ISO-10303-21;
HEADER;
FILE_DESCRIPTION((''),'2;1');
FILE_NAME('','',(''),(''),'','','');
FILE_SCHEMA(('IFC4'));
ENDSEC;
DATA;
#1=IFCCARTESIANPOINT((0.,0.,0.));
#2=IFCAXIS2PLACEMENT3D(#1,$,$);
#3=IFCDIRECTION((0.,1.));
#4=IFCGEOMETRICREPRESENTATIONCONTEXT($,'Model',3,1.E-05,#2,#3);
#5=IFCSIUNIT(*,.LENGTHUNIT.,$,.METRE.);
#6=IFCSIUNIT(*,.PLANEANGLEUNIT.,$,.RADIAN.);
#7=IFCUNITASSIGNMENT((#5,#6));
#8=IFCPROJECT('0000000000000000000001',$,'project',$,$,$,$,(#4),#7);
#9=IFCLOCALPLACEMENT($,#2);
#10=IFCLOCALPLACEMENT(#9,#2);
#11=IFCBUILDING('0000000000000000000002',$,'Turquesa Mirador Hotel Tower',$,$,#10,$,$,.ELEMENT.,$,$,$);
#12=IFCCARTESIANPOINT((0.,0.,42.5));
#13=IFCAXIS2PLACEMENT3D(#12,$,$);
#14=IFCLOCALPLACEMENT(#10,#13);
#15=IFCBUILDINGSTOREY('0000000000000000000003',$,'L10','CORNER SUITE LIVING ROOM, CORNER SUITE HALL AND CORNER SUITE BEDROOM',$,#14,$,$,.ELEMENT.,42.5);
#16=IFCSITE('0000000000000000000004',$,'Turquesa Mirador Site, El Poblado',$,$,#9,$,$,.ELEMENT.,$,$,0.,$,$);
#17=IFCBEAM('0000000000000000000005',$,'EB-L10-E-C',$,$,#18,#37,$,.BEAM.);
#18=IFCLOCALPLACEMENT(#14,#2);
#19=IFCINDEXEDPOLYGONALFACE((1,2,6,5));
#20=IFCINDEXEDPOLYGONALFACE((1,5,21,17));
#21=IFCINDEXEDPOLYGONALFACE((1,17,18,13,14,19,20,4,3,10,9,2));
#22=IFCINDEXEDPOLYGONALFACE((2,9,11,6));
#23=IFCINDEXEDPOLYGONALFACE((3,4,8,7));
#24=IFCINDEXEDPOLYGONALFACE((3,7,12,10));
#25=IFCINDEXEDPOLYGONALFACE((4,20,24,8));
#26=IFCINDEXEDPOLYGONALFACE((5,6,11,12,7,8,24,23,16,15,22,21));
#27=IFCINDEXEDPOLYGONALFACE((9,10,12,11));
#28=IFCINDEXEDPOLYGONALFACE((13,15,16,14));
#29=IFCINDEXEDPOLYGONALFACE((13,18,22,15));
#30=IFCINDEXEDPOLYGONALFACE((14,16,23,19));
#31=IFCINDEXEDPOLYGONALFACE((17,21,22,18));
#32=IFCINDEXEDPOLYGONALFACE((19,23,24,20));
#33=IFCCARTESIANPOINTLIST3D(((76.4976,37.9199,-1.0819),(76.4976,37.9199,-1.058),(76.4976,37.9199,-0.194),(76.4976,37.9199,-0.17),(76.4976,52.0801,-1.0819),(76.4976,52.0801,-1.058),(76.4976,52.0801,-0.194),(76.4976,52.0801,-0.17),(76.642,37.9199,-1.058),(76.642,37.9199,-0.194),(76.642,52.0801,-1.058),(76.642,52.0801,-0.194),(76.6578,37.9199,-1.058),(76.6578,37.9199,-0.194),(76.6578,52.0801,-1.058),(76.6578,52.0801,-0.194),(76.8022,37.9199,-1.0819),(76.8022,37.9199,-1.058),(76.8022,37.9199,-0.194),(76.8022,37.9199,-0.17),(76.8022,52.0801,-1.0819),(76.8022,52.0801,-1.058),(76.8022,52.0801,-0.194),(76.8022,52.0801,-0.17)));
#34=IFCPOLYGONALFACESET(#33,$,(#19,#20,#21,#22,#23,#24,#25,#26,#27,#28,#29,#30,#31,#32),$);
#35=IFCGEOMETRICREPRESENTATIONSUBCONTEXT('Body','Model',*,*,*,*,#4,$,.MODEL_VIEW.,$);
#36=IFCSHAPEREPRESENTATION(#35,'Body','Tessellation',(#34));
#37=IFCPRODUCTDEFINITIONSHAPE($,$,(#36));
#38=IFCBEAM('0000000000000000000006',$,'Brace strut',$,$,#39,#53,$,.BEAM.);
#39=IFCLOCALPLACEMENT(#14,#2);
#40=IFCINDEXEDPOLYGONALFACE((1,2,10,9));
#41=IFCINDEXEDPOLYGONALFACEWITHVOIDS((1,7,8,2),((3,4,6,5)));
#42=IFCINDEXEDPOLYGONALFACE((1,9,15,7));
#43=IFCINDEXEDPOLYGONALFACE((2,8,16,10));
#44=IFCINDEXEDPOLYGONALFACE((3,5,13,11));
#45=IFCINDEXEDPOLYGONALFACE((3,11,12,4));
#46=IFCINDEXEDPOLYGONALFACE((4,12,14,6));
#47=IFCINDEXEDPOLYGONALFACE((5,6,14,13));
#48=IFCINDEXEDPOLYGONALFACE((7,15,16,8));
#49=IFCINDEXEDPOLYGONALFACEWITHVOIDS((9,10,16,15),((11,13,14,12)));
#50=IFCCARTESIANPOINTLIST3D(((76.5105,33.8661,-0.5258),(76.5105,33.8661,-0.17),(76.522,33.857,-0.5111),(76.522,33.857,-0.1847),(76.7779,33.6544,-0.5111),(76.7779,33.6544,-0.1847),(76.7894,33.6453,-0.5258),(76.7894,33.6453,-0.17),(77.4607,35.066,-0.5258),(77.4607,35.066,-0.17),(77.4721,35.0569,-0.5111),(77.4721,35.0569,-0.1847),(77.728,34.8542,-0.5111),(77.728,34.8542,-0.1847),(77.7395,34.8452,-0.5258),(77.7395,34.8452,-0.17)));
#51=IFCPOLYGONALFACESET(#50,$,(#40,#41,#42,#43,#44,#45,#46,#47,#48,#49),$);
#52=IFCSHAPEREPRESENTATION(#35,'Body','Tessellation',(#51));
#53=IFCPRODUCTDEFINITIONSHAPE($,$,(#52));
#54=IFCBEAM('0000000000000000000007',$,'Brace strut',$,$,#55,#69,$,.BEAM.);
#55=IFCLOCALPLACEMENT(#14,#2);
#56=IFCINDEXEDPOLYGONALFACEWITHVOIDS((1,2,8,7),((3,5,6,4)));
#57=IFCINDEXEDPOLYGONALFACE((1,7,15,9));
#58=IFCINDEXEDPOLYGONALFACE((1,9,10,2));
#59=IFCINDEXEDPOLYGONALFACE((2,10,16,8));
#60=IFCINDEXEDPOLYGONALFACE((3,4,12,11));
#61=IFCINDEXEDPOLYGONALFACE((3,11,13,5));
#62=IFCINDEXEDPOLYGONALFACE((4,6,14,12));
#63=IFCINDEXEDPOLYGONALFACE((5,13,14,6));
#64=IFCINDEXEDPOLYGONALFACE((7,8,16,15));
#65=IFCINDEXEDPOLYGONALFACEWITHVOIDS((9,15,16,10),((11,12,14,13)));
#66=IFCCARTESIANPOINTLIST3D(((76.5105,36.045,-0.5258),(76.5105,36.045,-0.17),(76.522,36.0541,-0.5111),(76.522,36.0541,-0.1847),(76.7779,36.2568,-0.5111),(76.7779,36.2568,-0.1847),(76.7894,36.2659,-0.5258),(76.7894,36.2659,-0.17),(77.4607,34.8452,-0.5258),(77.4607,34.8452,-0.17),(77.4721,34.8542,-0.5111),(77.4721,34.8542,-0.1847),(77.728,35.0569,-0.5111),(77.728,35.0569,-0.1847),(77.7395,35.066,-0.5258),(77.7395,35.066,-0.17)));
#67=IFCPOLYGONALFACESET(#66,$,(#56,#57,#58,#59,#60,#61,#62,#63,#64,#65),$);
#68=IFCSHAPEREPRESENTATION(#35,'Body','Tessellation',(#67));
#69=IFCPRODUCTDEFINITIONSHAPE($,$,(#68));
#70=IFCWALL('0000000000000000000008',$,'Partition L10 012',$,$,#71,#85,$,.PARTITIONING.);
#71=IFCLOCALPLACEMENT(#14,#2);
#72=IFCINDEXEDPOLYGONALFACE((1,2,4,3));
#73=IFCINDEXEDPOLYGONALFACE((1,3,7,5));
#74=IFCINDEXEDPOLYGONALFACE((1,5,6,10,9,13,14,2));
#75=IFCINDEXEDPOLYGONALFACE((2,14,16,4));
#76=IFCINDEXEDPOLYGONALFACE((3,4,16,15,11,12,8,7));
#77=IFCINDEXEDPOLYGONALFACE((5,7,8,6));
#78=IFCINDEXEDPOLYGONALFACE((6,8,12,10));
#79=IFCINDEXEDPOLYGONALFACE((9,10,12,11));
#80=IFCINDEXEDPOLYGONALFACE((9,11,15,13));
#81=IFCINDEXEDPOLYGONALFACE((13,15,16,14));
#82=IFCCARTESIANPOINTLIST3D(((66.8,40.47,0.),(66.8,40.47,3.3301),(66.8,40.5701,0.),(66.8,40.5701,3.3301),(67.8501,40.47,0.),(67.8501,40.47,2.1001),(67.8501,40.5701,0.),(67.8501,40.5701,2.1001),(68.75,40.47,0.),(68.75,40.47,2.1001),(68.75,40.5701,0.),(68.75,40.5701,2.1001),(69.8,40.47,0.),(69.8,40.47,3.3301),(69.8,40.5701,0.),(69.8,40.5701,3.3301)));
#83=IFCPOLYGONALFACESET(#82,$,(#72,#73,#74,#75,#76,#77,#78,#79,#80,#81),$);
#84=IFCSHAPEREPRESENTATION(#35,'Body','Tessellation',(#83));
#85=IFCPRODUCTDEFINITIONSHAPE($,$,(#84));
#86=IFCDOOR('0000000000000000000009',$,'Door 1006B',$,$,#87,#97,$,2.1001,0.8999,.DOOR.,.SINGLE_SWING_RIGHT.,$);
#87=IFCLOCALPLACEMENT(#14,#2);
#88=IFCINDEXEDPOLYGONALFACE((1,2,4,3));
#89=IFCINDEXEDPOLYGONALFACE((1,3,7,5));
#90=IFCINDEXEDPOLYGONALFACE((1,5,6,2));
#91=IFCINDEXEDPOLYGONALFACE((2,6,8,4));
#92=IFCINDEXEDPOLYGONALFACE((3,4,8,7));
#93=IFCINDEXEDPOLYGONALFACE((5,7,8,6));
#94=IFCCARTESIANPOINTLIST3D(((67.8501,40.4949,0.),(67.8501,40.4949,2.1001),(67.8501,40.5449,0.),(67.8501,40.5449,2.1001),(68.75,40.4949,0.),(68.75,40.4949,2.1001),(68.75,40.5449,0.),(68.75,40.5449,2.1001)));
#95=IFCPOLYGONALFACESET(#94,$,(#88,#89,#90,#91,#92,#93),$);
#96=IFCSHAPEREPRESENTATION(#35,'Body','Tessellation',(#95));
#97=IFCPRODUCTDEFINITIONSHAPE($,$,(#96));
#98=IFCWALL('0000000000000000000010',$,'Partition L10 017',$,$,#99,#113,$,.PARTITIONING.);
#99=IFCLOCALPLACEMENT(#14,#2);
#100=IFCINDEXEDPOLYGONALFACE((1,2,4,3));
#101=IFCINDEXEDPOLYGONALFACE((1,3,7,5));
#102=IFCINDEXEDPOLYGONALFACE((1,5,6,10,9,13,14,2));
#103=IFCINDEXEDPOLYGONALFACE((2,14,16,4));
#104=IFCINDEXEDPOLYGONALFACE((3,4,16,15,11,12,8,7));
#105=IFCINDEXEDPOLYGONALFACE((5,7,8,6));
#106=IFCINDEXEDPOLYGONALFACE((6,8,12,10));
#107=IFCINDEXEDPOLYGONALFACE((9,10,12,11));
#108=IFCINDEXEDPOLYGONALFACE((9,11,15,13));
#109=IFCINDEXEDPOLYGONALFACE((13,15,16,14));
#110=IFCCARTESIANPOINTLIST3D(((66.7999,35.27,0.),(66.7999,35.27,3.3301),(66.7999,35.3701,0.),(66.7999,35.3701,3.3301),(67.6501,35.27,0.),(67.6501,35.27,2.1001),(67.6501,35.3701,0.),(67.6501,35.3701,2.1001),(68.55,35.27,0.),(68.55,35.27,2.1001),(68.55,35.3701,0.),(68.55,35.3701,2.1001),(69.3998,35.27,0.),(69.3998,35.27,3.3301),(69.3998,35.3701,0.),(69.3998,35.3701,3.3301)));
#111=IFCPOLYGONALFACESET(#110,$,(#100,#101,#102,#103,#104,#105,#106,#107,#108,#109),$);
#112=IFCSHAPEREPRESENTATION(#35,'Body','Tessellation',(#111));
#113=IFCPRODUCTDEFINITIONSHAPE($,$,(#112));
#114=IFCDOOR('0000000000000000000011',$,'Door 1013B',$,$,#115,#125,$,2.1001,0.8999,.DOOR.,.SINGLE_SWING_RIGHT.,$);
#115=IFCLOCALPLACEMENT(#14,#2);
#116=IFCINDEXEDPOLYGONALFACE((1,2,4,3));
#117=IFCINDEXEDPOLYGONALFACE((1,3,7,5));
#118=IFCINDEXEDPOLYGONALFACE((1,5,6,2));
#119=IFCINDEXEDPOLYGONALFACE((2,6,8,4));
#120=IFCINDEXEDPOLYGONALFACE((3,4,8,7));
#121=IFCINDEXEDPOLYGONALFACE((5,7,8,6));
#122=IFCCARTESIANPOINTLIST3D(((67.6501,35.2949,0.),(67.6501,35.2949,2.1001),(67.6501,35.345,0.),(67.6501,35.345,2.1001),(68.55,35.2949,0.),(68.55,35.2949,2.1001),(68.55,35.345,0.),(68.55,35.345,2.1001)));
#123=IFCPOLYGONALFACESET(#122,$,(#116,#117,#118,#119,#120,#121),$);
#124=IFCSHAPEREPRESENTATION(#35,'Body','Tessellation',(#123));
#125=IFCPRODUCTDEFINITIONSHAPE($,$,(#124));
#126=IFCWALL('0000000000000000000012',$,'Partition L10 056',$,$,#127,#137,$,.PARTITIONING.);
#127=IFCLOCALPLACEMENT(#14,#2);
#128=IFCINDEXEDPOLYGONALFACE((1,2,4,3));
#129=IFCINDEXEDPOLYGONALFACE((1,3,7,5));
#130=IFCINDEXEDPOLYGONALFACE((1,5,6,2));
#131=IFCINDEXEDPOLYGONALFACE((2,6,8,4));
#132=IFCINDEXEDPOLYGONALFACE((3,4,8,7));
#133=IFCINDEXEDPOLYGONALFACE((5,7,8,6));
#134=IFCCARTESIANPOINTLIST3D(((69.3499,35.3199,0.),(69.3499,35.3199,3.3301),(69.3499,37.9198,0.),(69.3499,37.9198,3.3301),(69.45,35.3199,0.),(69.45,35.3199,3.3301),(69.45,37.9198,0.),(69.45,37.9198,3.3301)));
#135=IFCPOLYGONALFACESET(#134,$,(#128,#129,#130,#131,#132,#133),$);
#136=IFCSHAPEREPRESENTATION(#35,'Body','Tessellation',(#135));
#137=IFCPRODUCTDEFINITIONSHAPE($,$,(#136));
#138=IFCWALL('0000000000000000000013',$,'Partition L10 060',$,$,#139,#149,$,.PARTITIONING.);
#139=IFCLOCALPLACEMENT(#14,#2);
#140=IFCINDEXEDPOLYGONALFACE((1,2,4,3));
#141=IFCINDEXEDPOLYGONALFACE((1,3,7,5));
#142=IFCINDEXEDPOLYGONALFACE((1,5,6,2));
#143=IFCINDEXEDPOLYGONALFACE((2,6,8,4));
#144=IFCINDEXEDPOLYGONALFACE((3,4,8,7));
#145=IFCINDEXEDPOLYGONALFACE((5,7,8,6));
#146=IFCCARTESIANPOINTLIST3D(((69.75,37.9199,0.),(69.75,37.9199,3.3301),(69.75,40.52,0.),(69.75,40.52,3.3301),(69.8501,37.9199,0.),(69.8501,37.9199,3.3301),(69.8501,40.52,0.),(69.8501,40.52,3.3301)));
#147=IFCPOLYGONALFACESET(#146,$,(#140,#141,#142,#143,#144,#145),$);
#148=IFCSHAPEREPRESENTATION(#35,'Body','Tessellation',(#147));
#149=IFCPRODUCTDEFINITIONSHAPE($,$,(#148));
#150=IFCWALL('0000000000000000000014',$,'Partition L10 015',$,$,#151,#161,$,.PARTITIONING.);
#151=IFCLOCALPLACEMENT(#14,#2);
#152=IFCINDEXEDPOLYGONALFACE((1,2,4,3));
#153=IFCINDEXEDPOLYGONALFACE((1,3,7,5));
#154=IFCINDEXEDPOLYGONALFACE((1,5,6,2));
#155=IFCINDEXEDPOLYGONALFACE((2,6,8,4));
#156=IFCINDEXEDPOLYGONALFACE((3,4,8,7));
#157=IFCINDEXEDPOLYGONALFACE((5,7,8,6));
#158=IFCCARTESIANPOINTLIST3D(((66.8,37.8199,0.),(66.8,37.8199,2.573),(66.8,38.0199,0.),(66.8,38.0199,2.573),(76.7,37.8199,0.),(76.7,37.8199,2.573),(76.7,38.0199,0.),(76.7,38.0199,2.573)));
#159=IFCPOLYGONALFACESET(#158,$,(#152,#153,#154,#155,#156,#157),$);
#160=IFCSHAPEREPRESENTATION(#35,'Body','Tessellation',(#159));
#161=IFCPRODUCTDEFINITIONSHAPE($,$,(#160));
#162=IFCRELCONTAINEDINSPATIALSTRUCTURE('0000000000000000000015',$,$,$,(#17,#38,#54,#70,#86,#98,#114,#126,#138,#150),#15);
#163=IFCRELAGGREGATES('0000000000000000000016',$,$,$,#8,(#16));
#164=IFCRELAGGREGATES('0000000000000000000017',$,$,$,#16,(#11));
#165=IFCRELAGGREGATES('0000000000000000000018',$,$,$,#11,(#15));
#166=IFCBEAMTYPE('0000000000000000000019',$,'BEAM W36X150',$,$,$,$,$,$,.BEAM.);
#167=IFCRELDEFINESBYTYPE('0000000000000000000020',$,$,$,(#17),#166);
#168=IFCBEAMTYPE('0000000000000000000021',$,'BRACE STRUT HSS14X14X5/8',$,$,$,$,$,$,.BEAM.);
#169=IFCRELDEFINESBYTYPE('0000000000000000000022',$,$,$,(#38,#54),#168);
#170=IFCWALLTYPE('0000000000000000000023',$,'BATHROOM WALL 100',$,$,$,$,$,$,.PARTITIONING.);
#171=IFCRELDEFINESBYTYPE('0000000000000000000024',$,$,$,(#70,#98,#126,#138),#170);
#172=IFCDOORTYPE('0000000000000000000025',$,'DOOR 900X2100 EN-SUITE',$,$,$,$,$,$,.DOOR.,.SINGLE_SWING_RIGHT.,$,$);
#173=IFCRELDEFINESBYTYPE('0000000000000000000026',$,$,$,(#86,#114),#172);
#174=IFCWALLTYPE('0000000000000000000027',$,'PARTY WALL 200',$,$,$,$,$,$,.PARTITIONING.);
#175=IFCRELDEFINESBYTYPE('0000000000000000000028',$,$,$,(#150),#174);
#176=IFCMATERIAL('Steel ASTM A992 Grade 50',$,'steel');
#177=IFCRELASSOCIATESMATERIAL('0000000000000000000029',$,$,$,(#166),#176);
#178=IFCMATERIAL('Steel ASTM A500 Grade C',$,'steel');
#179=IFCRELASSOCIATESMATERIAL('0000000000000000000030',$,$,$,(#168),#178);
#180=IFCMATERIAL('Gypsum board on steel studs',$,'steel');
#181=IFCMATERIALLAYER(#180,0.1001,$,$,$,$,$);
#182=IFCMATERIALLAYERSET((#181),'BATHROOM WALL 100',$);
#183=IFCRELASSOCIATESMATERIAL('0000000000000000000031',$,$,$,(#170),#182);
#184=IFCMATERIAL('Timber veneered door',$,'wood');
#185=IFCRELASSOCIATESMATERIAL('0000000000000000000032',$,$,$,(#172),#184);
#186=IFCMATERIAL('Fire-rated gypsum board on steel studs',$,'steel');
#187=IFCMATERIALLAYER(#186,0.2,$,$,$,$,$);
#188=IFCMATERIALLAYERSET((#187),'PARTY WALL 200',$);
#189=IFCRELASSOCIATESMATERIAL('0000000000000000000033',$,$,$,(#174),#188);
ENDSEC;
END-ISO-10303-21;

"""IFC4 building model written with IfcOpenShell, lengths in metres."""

from ifc_helpers import new_model, si_unit, direction, frame, frame_2d, origin, origin_2d, place, context, subcontext, project, spatial, rectangle, hollow_rectangle, i_section, extrude, material, layer, layer_set, material_profile, profile_set, type_object, element, fill, save


model = new_model("IFC4")

# Units and contexts
model_context = context("Model", 3, precision=1e-05, world=origin(), true_north=direction((0.0, 1.0)))
body_context = subcontext(model_context, "Body", "Model", "MODEL_VIEW")
ifc_project = project(units=[si_unit("LENGTHUNIT", "METRE"), si_unit("PLANEANGLEUNIT", "RADIAN")], contexts=[model_context])

# Site, building, storey
site_placement = place(None, origin())
site = spatial("IfcSite", under=ifc_project, at=site_placement, Name="Turquesa Mirador Site, El Poblado", CompositionType="ELEMENT", RefElevation=0.0)
building_placement = place(site_placement, origin())
building = spatial("IfcBuilding", under=site, at=building_placement, Name="Turquesa Mirador Hotel Tower", CompositionType="ELEMENT")
storey_placement = place(building_placement, frame((0.0, 0.0, 42.5)))
storey = spatial("IfcBuildingStorey", under=building, at=storey_placement, Name="L10", Description="CORNER SUITE LIVING ROOM, CORNER SUITE HALL AND CORNER SUITE BEDROOM", CompositionType="ELEMENT", Elevation=42.5)

# Beams
ifc_material_1 = material(Name="Steel ASTM A992 Grade 50", Category="steel")
ifc_material_profile_1 = material_profile(ifc_material_1, i_section(OverallWidth=0.3047, OverallDepth=0.9119, WebThickness=0.0159, FlangeThickness=0.0239, at=origin_2d()), Name="W36X150")
ifc_profile_set_1 = profile_set([ifc_material_profile_1], Name="Steel ASTM A992 Grade 50")
beam_type_1 = type_object("IfcBeamType", Name="BEAM W36X150", PredefinedType="BEAM", material=ifc_profile_set_1)
beam_1_placement = place(storey_placement, frame((76.6499, 37.9199, -0.626), z_axis=(0.0, 1.0, 0.0), x_axis=(-1.0, 0.0, 0.0)))
element("IfcBeam", 1, at=beam_1_placement, inside=storey, type_object=beam_type_1, Name="EB-L10-E-C", PredefinedType="BEAM", context=body_context, shape_type="SweptSolid", body=[
    extrude(i_section(OverallWidth=0.3047, OverallDepth=0.9119, WebThickness=0.0159, FlangeThickness=0.0239, at=origin_2d()), origin(), (0.0, 0.0, 1.0), 14.1602),
])
ifc_material_2 = material(Name="Steel ASTM A500 Grade C", Category="steel")
ifc_material_profile_2 = material_profile(ifc_material_2, hollow_rectangle(XDim=0.3557, YDim=0.3557, WallThickness=0.0146, at=origin_2d()), Name="HSS14X14X5/8")
ifc_profile_set_2 = profile_set([ifc_material_profile_2], Name="Steel ASTM A500 Grade C")
beam_type_2 = type_object("IfcBeamType", Name="BRACE STRUT HSS14X14X5/8", PredefinedType="BEAM", material=ifc_profile_set_2)
for number, where, z_axis, x_axis, name in (
    (2, (77.6001, 34.9556, -0.3479), (-0.620797, -0.783971, 0.0), (0.783971, -0.620797, 0.0), "Brace strut"),
    (3, (77.6001, 34.9556, -0.3479), (-0.620797, 0.783971, 0.0), (-0.783971, -0.620797, 0.0), "Brace strut"),
):
    element("IfcBeam", number, at=place(storey_placement, frame(where, z_axis=z_axis, x_axis=x_axis)), inside=storey, type_object=beam_type_2, Name=name, PredefinedType="BEAM", context=body_context, shape_type="SweptSolid", body=[
        extrude(hollow_rectangle(XDim=0.3557, YDim=0.3557, WallThickness=0.0146, at=origin_2d()), origin(), (0.0, 0.0, 1.0), 1.5305),
    ])

# Walls, openings, doors
ifc_material_3 = material(Name="Gypsum board on steel studs", Category="steel")
ifc_layer_1 = layer(ifc_material_3, 0.1001)
ifc_layer_set_1 = layer_set([ifc_layer_1], Name="BATHROOM WALL 100")
wall_type_1 = type_object("IfcWallType", Name="BATHROOM WALL 100", PredefinedType="PARTITIONING", material=ifc_layer_set_1)
wall_1_placement = place(storey_placement, frame((66.8, 40.52, 0.0), z_axis=(0.0, 0.0, 1.0), x_axis=(1.0, 0.0, 0.0)))
wall_1 = element("IfcWall", 4, at=wall_1_placement, inside=storey, type_object=wall_type_1, Name="Partition L10 012", PredefinedType="PARTITIONING", context=body_context, shape_type="SweptSolid", body=[
    extrude(rectangle(XDim=3.0, YDim=0.1001, at=frame_2d((1.5, 0.0))), origin(), (0.0, 0.0, 1.0), 3.3301),
])
opening_1_placement = place(wall_1_placement, frame((1.05, 0.0, 0.0)))
opening_1 = element("IfcOpeningElement", 5, at=opening_1_placement, cuts=wall_1, PredefinedType="OPENING", context=body_context, shape_type="SweptSolid", body=[
    extrude(rectangle(XDim=0.8999, YDim=2.1001, at=frame_2d((0.45, 1.05))), frame((0.0, 0.0601, 0.0), z_axis=(0.0, -1.0, 0.0), x_axis=(1.0, 0.0, 0.0)), (0.0, 0.0, 1.0), 0.1201),
])
ifc_material_4 = material(Name="Timber veneered door", Category="wood")
door_type = type_object("IfcDoorType", Name="DOOR 900X2100 EN-SUITE", OperationType="SINGLE_SWING_RIGHT", PredefinedType="DOOR", material=ifc_material_4)
door_1_placement = place(opening_1_placement, origin())
door_1 = element("IfcDoor", 6, at=door_1_placement, inside=storey, type_object=door_type, Name="Door 1006B", OperationType="SINGLE_SWING_RIGHT", OverallHeight=2.1001, OverallWidth=0.8999, PredefinedType="DOOR", context=body_context, shape_type="SweptSolid", body=[
    extrude(rectangle(XDim=0.8999, YDim=2.1001, at=frame_2d((0.45, 1.05))), frame((0.0, 0.0249, 0.0), z_axis=(0.0, -1.0, 0.0), x_axis=(1.0, 0.0, 0.0)), (0.0, 0.0, 1.0), 0.05),
])
fill(opening_1, door_1)
wall_2_placement = place(storey_placement, frame((66.8, 35.3201, 0.0), z_axis=(0.0, 0.0, 1.0), x_axis=(1.0, 0.0, 0.0)))
wall_2 = element("IfcWall", 7, at=wall_2_placement, inside=storey, type_object=wall_type_1, Name="Partition L10 017", PredefinedType="PARTITIONING", context=body_context, shape_type="SweptSolid", body=[
    extrude(rectangle(XDim=2.5999, YDim=0.1001, at=frame_2d((1.2998, 0.0))), origin(), (0.0, 0.0, 1.0), 3.3301),
])
opening_2_placement = place(wall_2_placement, frame((0.8501, 0.0, 0.0)))
opening_2 = element("IfcOpeningElement", 8, at=opening_2_placement, cuts=wall_2, PredefinedType="OPENING", context=body_context, shape_type="SweptSolid", body=[
    extrude(rectangle(XDim=0.8999, YDim=2.1001, at=frame_2d((0.45, 1.05))), frame((0.0, 0.0601, 0.0), z_axis=(0.0, -1.0, 0.0), x_axis=(1.0, 0.0, 0.0)), (0.0, 0.0, 1.0), 0.1201),
])
door_2_placement = place(opening_2_placement, origin())
door_2 = element("IfcDoor", 9, at=door_2_placement, inside=storey, type_object=door_type, Name="Door 1013B", OperationType="SINGLE_SWING_RIGHT", OverallHeight=2.1001, OverallWidth=0.8999, PredefinedType="DOOR", context=body_context, shape_type="SweptSolid", body=[
    extrude(rectangle(XDim=0.8999, YDim=2.1001, at=frame_2d((0.45, 1.05))), frame((0.0, 0.0249, 0.0), z_axis=(0.0, -1.0, 0.0), x_axis=(1.0, 0.0, 0.0)), (0.0, 0.0, 1.0), 0.05),
])
fill(opening_2, door_2)

# Walls
wall_3_placement = place(storey_placement, frame((69.3999, 35.3201, 0.0), z_axis=(0.0, 0.0, 1.0), x_axis=(0.0, 1.0, 0.0)))
element("IfcWall", 10, at=wall_3_placement, inside=storey, type_object=wall_type_1, Name="Partition L10 056", PredefinedType="PARTITIONING", context=body_context, shape_type="SweptSolid", body=[
    extrude(rectangle(XDim=2.5999, YDim=0.1001, at=frame_2d((1.2998, 0.0))), origin(), (0.0, 0.0, 1.0), 3.3301),
])
wall_4_placement = place(storey_placement, frame((69.8, 37.9199, 0.0), z_axis=(0.0, 0.0, 1.0), x_axis=(0.0, 1.0, 0.0)))
element("IfcWall", 11, at=wall_4_placement, inside=storey, type_object=wall_type_1, Name="Partition L10 060", PredefinedType="PARTITIONING", context=body_context, shape_type="SweptSolid", body=[
    extrude(rectangle(XDim=2.6001, YDim=0.1001, at=frame_2d((1.3, 0.0))), origin(), (0.0, 0.0, 1.0), 3.3301),
])
ifc_material_5 = material(Name="Fire-rated gypsum board on steel studs", Category="steel")
ifc_layer_2 = layer(ifc_material_5, 0.2)
ifc_layer_set_2 = layer_set([ifc_layer_2], Name="PARTY WALL 200")
wall_type_2 = type_object("IfcWallType", Name="PARTY WALL 200", PredefinedType="PARTITIONING", material=ifc_layer_set_2)
wall_5_placement = place(storey_placement, frame((66.8, 37.9199, 0.0), z_axis=(0.0, 0.0, 1.0), x_axis=(1.0, 0.0, 0.0)))
element("IfcWall", 12, at=wall_5_placement, inside=storey, type_object=wall_type_2, Name="Partition L10 015", PredefinedType="PARTITIONING", context=body_context, shape_type="SweptSolid", body=[
    extrude(rectangle(XDim=9.8999, YDim=0.2, at=frame_2d((4.95, 0.0))), origin(), (0.0, 0.0, 1.0), 2.573),
])

save(model, "model.ifc")
